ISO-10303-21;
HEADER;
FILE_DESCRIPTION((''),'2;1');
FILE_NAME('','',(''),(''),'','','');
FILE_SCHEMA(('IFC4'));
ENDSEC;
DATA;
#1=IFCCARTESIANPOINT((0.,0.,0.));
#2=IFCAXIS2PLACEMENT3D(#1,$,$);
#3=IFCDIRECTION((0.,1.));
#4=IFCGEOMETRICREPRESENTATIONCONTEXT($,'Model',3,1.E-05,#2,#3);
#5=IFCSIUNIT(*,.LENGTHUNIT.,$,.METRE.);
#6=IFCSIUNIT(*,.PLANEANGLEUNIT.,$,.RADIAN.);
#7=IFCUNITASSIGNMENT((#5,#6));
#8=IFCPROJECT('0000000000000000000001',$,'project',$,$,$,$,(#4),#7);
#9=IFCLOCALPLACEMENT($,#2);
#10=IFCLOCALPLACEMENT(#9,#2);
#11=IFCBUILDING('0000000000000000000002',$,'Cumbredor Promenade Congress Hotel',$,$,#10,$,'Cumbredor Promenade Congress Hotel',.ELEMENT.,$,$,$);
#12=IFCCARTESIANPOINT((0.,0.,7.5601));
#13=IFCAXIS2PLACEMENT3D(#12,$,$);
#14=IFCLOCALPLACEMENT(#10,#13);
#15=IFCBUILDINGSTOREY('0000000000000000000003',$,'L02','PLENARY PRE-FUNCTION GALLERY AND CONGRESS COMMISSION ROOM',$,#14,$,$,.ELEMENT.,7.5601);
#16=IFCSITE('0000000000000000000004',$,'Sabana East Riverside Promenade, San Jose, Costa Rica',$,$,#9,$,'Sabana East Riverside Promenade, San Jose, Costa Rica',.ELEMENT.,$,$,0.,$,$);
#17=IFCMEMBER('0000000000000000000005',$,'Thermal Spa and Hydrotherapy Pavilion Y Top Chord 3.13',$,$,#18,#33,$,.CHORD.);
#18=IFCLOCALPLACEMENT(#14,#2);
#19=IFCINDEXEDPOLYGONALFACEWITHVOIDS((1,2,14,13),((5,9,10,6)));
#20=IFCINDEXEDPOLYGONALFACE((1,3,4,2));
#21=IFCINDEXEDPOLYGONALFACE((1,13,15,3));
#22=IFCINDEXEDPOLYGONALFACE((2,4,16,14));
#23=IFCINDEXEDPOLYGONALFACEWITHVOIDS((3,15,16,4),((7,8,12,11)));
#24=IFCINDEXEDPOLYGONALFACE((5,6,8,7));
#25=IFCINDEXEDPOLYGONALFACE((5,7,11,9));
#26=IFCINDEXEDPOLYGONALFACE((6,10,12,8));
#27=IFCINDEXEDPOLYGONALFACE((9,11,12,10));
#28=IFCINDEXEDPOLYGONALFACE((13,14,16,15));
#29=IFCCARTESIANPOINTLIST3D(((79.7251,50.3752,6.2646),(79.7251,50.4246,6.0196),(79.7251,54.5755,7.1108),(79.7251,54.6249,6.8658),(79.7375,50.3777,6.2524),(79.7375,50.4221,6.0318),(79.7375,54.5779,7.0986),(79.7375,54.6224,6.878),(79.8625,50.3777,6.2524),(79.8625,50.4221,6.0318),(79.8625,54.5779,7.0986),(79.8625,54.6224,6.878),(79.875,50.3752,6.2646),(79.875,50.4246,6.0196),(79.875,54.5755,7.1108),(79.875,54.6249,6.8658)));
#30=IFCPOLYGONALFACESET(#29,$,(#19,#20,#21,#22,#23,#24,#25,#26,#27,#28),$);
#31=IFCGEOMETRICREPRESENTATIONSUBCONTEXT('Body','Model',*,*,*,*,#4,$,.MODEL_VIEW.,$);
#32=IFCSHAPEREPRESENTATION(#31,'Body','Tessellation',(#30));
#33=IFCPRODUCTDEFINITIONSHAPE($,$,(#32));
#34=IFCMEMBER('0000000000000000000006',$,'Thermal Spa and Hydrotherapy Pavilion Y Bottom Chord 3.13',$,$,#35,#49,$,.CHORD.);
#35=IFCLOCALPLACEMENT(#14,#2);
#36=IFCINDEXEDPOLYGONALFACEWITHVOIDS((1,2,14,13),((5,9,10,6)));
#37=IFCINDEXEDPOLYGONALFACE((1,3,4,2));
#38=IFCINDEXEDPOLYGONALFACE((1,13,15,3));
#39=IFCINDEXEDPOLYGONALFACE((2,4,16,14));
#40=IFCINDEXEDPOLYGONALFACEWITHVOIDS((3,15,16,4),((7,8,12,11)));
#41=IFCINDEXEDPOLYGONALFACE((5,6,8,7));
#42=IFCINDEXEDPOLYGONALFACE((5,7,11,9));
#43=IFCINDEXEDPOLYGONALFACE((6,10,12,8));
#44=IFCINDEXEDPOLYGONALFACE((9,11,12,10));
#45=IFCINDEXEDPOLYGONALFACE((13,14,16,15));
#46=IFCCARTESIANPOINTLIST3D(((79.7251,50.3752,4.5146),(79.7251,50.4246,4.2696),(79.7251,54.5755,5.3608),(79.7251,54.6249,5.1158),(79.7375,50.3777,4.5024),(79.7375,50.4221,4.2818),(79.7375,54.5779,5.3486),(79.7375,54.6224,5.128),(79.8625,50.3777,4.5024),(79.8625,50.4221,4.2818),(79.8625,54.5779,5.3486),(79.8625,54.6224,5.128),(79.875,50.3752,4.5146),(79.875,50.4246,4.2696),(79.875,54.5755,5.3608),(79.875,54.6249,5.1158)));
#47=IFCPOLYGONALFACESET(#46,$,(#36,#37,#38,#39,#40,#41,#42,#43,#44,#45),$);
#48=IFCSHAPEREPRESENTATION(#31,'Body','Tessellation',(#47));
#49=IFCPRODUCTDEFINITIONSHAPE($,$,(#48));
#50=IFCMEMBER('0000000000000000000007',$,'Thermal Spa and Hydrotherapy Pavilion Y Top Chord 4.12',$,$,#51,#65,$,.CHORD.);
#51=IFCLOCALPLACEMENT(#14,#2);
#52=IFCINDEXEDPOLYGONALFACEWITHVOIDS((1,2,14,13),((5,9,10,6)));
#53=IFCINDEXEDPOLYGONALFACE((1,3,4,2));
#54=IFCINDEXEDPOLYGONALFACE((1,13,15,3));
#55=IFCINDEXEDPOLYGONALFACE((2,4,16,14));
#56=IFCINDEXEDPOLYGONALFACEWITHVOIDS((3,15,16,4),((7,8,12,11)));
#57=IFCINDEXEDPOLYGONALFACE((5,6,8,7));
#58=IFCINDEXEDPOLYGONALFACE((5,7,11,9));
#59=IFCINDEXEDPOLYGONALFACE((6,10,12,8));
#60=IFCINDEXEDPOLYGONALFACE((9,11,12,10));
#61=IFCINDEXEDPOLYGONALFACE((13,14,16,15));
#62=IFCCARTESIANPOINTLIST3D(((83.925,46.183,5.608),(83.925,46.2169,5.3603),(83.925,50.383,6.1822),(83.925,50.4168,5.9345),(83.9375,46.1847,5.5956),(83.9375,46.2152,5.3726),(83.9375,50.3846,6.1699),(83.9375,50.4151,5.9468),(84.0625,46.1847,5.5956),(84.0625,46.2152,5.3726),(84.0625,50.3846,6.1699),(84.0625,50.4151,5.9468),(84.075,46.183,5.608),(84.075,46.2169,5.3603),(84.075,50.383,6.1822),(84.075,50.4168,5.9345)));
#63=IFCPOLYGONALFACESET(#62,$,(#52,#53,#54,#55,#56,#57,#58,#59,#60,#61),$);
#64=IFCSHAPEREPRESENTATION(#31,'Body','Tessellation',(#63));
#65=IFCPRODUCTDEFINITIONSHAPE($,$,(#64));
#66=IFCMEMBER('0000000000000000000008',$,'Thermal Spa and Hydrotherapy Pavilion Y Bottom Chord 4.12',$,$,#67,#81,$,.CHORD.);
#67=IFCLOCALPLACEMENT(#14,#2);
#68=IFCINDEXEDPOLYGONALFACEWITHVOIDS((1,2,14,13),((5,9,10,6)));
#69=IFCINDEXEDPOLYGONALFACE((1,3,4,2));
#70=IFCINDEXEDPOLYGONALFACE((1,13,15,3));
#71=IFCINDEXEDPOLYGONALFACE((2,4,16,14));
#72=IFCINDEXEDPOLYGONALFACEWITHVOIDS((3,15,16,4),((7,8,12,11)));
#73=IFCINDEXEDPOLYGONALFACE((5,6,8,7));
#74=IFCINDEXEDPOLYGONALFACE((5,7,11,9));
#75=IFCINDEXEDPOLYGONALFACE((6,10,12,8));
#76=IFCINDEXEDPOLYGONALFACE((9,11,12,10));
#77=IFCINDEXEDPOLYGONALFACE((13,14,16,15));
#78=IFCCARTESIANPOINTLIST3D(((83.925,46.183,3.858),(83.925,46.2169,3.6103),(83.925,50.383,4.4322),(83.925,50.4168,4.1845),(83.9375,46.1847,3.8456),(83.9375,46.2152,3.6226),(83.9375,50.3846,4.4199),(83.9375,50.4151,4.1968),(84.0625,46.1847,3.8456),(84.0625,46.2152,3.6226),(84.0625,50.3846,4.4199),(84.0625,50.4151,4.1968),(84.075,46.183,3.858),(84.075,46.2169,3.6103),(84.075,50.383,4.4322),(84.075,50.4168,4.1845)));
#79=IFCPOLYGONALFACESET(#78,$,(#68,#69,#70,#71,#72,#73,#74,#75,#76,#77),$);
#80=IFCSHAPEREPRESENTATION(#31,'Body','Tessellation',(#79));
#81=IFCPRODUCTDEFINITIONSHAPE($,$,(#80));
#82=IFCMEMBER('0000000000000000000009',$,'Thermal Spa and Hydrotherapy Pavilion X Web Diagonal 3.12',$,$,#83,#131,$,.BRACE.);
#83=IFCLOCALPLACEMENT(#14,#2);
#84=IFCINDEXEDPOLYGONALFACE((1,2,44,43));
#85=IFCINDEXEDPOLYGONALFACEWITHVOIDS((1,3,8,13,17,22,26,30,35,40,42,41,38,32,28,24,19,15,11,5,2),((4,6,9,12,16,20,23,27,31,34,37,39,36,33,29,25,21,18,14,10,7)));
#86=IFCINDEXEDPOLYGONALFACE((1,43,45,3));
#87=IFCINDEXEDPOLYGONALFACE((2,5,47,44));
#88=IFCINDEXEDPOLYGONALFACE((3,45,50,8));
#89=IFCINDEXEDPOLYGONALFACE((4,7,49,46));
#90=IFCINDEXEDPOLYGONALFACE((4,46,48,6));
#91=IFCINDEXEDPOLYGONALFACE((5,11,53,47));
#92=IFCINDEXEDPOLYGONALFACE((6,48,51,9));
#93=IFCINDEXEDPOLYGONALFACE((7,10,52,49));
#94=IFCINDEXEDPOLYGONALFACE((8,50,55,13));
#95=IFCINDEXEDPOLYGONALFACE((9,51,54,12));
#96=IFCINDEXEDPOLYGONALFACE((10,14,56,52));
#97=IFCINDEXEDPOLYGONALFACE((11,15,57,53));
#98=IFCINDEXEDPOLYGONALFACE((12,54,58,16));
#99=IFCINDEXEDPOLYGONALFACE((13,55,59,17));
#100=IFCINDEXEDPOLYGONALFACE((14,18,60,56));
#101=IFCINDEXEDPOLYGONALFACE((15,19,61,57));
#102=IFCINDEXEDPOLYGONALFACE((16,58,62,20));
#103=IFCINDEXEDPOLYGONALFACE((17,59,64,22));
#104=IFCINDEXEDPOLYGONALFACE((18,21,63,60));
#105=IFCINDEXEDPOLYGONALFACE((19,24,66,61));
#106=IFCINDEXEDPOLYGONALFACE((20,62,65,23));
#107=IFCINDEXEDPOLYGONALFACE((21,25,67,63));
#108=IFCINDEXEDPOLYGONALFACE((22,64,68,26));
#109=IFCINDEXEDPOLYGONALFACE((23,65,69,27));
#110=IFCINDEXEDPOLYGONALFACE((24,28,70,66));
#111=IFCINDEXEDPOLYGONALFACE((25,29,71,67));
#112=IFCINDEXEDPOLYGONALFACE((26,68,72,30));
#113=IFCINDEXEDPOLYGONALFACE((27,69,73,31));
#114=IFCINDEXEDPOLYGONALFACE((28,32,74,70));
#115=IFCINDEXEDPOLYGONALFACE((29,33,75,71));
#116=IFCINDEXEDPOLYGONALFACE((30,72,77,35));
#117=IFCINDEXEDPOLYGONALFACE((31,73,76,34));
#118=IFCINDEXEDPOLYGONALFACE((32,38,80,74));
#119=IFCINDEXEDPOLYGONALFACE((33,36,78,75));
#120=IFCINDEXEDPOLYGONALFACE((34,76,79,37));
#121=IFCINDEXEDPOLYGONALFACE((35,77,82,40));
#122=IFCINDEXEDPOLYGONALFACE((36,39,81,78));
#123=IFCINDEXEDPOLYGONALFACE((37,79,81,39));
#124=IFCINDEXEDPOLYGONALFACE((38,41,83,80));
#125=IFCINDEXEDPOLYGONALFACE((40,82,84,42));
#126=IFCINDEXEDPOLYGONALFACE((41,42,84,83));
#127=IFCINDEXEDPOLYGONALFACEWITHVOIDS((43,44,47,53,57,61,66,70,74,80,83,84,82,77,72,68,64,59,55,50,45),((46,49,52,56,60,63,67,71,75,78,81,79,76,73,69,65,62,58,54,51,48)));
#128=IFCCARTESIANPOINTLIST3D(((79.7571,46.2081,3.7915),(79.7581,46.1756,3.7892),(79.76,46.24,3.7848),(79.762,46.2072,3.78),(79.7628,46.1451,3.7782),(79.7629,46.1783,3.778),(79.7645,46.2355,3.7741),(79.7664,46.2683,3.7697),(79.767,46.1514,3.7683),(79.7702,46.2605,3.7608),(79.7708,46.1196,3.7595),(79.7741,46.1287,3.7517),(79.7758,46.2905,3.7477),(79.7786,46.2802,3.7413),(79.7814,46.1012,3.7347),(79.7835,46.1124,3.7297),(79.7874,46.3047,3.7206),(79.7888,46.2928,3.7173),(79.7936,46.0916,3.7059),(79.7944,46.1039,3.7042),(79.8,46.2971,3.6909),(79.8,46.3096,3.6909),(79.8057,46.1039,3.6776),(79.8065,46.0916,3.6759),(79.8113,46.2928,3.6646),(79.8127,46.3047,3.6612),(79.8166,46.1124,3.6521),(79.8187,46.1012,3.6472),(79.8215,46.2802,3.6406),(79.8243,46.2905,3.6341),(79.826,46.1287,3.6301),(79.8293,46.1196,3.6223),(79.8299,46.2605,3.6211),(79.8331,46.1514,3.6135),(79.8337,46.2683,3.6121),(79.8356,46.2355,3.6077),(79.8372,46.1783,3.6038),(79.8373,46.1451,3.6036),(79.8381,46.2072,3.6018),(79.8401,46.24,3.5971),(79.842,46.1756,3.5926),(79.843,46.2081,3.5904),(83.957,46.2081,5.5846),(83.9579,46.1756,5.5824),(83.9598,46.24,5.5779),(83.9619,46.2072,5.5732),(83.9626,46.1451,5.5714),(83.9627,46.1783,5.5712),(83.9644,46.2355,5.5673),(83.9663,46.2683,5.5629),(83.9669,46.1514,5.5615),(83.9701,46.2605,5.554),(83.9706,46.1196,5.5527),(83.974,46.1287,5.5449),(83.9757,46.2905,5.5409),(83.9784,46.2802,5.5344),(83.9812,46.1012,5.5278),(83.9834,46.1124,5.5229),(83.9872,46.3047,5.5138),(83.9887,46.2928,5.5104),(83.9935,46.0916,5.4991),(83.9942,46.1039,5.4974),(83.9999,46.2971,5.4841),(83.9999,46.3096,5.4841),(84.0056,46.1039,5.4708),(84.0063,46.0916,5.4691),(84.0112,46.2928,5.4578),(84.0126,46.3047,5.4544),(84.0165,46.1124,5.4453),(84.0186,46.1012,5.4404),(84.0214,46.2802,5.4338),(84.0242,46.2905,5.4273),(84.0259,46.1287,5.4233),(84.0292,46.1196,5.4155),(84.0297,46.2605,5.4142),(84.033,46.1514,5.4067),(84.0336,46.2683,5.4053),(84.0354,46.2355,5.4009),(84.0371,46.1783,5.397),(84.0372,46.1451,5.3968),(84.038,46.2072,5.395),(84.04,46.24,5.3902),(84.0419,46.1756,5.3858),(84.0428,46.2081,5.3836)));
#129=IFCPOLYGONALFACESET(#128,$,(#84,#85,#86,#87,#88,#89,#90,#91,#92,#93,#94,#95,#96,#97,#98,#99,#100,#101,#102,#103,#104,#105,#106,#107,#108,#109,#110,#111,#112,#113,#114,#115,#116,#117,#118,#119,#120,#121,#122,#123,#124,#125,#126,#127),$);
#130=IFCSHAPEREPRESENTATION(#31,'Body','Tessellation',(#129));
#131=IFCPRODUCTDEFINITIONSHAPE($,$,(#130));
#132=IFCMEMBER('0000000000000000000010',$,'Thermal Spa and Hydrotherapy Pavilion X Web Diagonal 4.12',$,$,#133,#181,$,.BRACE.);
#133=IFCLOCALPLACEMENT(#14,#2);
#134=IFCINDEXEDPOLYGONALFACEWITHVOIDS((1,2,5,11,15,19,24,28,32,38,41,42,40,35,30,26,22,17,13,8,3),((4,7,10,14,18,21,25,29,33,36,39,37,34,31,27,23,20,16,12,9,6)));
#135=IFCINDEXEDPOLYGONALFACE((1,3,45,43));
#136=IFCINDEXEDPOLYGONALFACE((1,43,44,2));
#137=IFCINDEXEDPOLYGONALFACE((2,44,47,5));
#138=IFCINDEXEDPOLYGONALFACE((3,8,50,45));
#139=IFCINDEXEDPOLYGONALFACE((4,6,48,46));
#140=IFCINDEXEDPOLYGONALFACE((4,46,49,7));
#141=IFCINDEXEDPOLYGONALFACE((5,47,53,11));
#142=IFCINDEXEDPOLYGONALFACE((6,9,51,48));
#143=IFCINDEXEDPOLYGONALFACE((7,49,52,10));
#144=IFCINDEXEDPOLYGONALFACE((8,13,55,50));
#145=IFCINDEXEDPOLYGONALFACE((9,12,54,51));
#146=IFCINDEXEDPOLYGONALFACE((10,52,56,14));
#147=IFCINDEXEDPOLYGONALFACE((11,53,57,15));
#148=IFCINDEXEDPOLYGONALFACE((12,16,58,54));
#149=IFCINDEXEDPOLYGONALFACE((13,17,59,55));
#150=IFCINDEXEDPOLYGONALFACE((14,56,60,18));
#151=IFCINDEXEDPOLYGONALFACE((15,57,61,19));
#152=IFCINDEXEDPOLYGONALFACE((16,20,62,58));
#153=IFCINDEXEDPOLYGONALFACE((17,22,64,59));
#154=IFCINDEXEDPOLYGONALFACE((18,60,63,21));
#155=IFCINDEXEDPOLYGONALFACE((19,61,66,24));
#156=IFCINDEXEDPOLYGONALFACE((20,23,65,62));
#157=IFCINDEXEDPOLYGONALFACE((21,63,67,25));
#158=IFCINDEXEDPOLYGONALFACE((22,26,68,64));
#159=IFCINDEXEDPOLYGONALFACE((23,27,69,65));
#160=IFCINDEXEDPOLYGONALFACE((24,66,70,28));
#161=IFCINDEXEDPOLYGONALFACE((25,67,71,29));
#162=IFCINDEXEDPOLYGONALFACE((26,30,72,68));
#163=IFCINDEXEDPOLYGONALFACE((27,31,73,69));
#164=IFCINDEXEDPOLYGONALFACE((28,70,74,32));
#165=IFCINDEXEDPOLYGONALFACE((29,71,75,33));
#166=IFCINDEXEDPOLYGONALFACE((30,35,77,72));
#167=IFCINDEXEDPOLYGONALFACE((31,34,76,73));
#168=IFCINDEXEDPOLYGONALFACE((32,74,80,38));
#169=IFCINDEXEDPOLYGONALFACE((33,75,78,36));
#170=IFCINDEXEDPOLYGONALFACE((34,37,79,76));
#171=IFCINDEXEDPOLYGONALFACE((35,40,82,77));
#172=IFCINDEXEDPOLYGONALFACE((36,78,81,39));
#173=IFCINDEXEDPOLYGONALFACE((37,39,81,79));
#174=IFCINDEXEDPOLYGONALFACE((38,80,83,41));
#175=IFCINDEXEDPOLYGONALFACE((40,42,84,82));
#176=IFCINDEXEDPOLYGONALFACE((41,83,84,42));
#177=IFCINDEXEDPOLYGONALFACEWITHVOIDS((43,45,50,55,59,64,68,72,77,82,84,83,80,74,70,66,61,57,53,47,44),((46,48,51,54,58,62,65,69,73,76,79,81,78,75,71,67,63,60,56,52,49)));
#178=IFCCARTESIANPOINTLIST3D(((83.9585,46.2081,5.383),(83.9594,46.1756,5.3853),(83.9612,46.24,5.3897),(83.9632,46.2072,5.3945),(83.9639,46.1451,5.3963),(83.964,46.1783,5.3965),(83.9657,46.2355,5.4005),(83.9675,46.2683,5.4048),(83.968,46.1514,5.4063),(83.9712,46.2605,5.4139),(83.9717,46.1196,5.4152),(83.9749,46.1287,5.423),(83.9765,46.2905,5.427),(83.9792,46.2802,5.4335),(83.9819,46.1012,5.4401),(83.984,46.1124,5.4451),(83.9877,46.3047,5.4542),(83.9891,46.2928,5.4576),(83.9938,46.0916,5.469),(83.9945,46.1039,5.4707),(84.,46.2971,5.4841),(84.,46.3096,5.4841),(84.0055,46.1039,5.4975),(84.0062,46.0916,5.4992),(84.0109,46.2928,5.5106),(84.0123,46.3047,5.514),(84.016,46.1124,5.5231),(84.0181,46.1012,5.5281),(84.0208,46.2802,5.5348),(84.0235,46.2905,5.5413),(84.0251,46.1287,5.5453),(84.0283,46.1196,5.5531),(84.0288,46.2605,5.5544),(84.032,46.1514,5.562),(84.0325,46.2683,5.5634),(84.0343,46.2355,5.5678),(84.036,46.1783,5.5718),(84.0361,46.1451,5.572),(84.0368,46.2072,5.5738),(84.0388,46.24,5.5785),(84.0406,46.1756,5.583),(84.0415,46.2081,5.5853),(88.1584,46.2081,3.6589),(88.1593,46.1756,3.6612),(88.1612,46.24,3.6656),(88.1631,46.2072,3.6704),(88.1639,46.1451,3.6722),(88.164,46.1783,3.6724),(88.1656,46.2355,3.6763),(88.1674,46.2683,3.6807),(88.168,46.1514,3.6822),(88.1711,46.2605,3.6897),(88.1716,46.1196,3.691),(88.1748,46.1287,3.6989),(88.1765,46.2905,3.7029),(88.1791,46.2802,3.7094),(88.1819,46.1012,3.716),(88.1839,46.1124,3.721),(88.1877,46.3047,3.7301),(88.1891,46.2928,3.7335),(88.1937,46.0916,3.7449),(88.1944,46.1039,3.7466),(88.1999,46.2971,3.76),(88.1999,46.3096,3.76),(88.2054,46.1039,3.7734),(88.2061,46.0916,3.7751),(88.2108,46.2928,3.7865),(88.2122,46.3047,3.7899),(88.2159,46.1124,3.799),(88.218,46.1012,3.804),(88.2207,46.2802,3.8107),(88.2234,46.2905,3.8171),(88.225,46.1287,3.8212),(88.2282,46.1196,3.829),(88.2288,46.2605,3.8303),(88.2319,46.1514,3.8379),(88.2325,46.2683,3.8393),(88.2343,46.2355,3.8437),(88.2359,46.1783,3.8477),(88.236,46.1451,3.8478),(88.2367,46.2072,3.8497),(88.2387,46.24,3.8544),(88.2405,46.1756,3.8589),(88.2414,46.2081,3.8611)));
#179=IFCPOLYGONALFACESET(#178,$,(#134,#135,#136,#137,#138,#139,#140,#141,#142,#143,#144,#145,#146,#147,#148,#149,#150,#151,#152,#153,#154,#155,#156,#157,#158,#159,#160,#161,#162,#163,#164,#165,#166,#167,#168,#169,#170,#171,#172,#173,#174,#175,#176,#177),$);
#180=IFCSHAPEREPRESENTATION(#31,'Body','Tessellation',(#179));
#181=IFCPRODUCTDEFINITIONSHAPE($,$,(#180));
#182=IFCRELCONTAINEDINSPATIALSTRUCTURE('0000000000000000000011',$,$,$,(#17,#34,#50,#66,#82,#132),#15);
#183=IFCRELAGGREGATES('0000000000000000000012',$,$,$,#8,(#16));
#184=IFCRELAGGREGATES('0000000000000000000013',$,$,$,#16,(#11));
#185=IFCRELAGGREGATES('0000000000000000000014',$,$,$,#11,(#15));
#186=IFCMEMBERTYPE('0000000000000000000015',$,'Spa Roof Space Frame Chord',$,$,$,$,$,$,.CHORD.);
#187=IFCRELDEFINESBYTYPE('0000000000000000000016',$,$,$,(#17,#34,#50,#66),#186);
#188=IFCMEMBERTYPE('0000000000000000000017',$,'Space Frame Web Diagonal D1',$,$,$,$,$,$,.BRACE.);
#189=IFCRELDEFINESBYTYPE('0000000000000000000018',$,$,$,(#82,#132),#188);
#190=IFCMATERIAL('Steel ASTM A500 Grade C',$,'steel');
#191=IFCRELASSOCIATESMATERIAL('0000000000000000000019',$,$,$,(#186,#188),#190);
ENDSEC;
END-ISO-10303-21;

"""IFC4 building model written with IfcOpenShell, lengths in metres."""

from ifc_helpers import new_model, si_unit, direction, frame, origin, origin_2d, place, context, subcontext, project, spatial, hollow_rectangle, hollow_circle, extrude, material, material_profile, profile_set, type_object, element, save


model = new_model("IFC4")

# Units and contexts
model_context = context("Model", 3, precision=1e-05, world=origin(), true_north=direction((0.0, 1.0)))
body_context = subcontext(model_context, "Body", "Model", "MODEL_VIEW")
ifc_project = project(units=[si_unit("LENGTHUNIT", "METRE"), si_unit("PLANEANGLEUNIT", "RADIAN")], contexts=[model_context])

# Site, building, storey
site_placement = place(None, origin())
site = spatial("IfcSite", under=ifc_project, at=site_placement, Name="Sabana East Riverside Promenade, San Jose, Costa Rica", LongName="Sabana East Riverside Promenade, San Jose, Costa Rica", CompositionType="ELEMENT", RefElevation=0.0)
building_placement = place(site_placement, origin())
building = spatial("IfcBuilding", under=site, at=building_placement, Name="Cumbredor Promenade Congress Hotel", LongName="Cumbredor Promenade Congress Hotel", CompositionType="ELEMENT")
storey_placement = place(building_placement, frame((0.0, 0.0, 7.5601)))
storey = spatial("IfcBuildingStorey", under=building, at=storey_placement, Name="L02", Description="PLENARY PRE-FUNCTION GALLERY AND CONGRESS COMMISSION ROOM", CompositionType="ELEMENT", Elevation=7.5601)

# Members
ifc_material_1 = material(Name="Steel ASTM A500 Grade C", Category="steel")
ifc_material_profile_1 = material_profile(ifc_material_1, hollow_rectangle(XDim=0.1499, YDim=0.25, WallThickness=0.0125, at=origin_2d()), Name="HSS 250x150x12.5")
ifc_profile_set_1 = profile_set([ifc_material_profile_1], Name="Steel ASTM A500 Grade C")
member_type_1 = type_object("IfcMemberType", Name="Spa Roof Space Frame Chord", PredefinedType="CHORD", material=ifc_profile_set_1)
for number, where, z_axis, x_axis, name in (
    (1, (79.8, 50.3999, 6.1421), (0.0, 0.980304, 0.197497), (-1.0, 0.0, 0.0), "Thermal Spa and Hydrotherapy Pavilion Y Top Chord 3.13"),
    (2, (79.8, 50.3999, 4.3921), (0.0, 0.980304, 0.197497), (-1.0, 0.0, 0.0), "Thermal Spa and Hydrotherapy Pavilion Y Bottom Chord 3.13"),
):
    element("IfcMember", number, at=place(storey_placement, frame(where, z_axis=z_axis, x_axis=x_axis)), inside=storey, type_object=member_type_1, Name=name, PredefinedType="CHORD", context=body_context, shape_type="SweptSolid", body=[
        extrude(hollow_rectangle(XDim=0.1499, YDim=0.25, WallThickness=0.0125, at=origin_2d()), origin(), (0.0, 0.0, 1.0), 4.2847),
    ])
for number, where, z_axis, x_axis, name in (
    (3, (84.0, 46.2, 5.4841), (0.0, 0.990783, 0.13546), (-1.0, 0.0, 0.0), "Thermal Spa and Hydrotherapy Pavilion Y Top Chord 4.12"),
    (4, (84.0, 46.2, 3.7341), (0.0, 0.990783, 0.13546), (-1.0, 0.0, 0.0), "Thermal Spa and Hydrotherapy Pavilion Y Bottom Chord 4.12"),
):
    element("IfcMember", number, at=place(storey_placement, frame(where, z_axis=z_axis, x_axis=x_axis)), inside=storey, type_object=member_type_1, Name=name, PredefinedType="CHORD", context=body_context, shape_type="SweptSolid", body=[
        extrude(hollow_rectangle(XDim=0.1499, YDim=0.25, WallThickness=0.0125, at=origin_2d()), origin(), (0.0, 0.0, 1.0), 4.239),
    ])
ifc_material_profile_2 = material_profile(ifc_material_1, hollow_circle(Radius=0.1096, WallThickness=0.0125, at=origin_2d()), Name="CHS 219.1x12.5")
ifc_profile_set_2 = profile_set([ifc_material_profile_2], Name="Steel ASTM A500 Grade C")
member_type_2 = type_object("IfcMemberType", Name="Space Frame Web Diagonal D1", PredefinedType="BRACE", material=ifc_profile_set_2)
member_1_placement = place(storey_placement, frame((79.8, 46.2, 3.6909), z_axis=(0.919681, 0.0, 0.392667), x_axis=(0.0, 1.0, 0.0)))
element("IfcMember", 5, at=member_1_placement, inside=storey, type_object=member_type_2, Name="Thermal Spa and Hydrotherapy Pavilion X Web Diagonal 3.12", PredefinedType="BRACE", context=body_context, shape_type="SweptSolid", body=[
    extrude(hollow_circle(Radius=0.1096, WallThickness=0.0125, at=origin_2d()), origin(), (0.0, 0.0, 1.0), 4.5667),
])
member_2_placement = place(storey_placement, frame((84.0, 46.2, 5.4841), z_axis=(0.925086, 0.0, -0.379757), x_axis=(0.0, 1.0, 0.0)))
element("IfcMember", 6, at=member_2_placement, inside=storey, type_object=member_type_2, Name="Thermal Spa and Hydrotherapy Pavilion X Web Diagonal 4.12", PredefinedType="BRACE", context=body_context, shape_type="SweptSolid", body=[
    extrude(hollow_circle(Radius=0.1096, WallThickness=0.0125, at=origin_2d()), origin(), (0.0, 0.0, 1.0), 4.54),
])

save(model, "model.ifc")
